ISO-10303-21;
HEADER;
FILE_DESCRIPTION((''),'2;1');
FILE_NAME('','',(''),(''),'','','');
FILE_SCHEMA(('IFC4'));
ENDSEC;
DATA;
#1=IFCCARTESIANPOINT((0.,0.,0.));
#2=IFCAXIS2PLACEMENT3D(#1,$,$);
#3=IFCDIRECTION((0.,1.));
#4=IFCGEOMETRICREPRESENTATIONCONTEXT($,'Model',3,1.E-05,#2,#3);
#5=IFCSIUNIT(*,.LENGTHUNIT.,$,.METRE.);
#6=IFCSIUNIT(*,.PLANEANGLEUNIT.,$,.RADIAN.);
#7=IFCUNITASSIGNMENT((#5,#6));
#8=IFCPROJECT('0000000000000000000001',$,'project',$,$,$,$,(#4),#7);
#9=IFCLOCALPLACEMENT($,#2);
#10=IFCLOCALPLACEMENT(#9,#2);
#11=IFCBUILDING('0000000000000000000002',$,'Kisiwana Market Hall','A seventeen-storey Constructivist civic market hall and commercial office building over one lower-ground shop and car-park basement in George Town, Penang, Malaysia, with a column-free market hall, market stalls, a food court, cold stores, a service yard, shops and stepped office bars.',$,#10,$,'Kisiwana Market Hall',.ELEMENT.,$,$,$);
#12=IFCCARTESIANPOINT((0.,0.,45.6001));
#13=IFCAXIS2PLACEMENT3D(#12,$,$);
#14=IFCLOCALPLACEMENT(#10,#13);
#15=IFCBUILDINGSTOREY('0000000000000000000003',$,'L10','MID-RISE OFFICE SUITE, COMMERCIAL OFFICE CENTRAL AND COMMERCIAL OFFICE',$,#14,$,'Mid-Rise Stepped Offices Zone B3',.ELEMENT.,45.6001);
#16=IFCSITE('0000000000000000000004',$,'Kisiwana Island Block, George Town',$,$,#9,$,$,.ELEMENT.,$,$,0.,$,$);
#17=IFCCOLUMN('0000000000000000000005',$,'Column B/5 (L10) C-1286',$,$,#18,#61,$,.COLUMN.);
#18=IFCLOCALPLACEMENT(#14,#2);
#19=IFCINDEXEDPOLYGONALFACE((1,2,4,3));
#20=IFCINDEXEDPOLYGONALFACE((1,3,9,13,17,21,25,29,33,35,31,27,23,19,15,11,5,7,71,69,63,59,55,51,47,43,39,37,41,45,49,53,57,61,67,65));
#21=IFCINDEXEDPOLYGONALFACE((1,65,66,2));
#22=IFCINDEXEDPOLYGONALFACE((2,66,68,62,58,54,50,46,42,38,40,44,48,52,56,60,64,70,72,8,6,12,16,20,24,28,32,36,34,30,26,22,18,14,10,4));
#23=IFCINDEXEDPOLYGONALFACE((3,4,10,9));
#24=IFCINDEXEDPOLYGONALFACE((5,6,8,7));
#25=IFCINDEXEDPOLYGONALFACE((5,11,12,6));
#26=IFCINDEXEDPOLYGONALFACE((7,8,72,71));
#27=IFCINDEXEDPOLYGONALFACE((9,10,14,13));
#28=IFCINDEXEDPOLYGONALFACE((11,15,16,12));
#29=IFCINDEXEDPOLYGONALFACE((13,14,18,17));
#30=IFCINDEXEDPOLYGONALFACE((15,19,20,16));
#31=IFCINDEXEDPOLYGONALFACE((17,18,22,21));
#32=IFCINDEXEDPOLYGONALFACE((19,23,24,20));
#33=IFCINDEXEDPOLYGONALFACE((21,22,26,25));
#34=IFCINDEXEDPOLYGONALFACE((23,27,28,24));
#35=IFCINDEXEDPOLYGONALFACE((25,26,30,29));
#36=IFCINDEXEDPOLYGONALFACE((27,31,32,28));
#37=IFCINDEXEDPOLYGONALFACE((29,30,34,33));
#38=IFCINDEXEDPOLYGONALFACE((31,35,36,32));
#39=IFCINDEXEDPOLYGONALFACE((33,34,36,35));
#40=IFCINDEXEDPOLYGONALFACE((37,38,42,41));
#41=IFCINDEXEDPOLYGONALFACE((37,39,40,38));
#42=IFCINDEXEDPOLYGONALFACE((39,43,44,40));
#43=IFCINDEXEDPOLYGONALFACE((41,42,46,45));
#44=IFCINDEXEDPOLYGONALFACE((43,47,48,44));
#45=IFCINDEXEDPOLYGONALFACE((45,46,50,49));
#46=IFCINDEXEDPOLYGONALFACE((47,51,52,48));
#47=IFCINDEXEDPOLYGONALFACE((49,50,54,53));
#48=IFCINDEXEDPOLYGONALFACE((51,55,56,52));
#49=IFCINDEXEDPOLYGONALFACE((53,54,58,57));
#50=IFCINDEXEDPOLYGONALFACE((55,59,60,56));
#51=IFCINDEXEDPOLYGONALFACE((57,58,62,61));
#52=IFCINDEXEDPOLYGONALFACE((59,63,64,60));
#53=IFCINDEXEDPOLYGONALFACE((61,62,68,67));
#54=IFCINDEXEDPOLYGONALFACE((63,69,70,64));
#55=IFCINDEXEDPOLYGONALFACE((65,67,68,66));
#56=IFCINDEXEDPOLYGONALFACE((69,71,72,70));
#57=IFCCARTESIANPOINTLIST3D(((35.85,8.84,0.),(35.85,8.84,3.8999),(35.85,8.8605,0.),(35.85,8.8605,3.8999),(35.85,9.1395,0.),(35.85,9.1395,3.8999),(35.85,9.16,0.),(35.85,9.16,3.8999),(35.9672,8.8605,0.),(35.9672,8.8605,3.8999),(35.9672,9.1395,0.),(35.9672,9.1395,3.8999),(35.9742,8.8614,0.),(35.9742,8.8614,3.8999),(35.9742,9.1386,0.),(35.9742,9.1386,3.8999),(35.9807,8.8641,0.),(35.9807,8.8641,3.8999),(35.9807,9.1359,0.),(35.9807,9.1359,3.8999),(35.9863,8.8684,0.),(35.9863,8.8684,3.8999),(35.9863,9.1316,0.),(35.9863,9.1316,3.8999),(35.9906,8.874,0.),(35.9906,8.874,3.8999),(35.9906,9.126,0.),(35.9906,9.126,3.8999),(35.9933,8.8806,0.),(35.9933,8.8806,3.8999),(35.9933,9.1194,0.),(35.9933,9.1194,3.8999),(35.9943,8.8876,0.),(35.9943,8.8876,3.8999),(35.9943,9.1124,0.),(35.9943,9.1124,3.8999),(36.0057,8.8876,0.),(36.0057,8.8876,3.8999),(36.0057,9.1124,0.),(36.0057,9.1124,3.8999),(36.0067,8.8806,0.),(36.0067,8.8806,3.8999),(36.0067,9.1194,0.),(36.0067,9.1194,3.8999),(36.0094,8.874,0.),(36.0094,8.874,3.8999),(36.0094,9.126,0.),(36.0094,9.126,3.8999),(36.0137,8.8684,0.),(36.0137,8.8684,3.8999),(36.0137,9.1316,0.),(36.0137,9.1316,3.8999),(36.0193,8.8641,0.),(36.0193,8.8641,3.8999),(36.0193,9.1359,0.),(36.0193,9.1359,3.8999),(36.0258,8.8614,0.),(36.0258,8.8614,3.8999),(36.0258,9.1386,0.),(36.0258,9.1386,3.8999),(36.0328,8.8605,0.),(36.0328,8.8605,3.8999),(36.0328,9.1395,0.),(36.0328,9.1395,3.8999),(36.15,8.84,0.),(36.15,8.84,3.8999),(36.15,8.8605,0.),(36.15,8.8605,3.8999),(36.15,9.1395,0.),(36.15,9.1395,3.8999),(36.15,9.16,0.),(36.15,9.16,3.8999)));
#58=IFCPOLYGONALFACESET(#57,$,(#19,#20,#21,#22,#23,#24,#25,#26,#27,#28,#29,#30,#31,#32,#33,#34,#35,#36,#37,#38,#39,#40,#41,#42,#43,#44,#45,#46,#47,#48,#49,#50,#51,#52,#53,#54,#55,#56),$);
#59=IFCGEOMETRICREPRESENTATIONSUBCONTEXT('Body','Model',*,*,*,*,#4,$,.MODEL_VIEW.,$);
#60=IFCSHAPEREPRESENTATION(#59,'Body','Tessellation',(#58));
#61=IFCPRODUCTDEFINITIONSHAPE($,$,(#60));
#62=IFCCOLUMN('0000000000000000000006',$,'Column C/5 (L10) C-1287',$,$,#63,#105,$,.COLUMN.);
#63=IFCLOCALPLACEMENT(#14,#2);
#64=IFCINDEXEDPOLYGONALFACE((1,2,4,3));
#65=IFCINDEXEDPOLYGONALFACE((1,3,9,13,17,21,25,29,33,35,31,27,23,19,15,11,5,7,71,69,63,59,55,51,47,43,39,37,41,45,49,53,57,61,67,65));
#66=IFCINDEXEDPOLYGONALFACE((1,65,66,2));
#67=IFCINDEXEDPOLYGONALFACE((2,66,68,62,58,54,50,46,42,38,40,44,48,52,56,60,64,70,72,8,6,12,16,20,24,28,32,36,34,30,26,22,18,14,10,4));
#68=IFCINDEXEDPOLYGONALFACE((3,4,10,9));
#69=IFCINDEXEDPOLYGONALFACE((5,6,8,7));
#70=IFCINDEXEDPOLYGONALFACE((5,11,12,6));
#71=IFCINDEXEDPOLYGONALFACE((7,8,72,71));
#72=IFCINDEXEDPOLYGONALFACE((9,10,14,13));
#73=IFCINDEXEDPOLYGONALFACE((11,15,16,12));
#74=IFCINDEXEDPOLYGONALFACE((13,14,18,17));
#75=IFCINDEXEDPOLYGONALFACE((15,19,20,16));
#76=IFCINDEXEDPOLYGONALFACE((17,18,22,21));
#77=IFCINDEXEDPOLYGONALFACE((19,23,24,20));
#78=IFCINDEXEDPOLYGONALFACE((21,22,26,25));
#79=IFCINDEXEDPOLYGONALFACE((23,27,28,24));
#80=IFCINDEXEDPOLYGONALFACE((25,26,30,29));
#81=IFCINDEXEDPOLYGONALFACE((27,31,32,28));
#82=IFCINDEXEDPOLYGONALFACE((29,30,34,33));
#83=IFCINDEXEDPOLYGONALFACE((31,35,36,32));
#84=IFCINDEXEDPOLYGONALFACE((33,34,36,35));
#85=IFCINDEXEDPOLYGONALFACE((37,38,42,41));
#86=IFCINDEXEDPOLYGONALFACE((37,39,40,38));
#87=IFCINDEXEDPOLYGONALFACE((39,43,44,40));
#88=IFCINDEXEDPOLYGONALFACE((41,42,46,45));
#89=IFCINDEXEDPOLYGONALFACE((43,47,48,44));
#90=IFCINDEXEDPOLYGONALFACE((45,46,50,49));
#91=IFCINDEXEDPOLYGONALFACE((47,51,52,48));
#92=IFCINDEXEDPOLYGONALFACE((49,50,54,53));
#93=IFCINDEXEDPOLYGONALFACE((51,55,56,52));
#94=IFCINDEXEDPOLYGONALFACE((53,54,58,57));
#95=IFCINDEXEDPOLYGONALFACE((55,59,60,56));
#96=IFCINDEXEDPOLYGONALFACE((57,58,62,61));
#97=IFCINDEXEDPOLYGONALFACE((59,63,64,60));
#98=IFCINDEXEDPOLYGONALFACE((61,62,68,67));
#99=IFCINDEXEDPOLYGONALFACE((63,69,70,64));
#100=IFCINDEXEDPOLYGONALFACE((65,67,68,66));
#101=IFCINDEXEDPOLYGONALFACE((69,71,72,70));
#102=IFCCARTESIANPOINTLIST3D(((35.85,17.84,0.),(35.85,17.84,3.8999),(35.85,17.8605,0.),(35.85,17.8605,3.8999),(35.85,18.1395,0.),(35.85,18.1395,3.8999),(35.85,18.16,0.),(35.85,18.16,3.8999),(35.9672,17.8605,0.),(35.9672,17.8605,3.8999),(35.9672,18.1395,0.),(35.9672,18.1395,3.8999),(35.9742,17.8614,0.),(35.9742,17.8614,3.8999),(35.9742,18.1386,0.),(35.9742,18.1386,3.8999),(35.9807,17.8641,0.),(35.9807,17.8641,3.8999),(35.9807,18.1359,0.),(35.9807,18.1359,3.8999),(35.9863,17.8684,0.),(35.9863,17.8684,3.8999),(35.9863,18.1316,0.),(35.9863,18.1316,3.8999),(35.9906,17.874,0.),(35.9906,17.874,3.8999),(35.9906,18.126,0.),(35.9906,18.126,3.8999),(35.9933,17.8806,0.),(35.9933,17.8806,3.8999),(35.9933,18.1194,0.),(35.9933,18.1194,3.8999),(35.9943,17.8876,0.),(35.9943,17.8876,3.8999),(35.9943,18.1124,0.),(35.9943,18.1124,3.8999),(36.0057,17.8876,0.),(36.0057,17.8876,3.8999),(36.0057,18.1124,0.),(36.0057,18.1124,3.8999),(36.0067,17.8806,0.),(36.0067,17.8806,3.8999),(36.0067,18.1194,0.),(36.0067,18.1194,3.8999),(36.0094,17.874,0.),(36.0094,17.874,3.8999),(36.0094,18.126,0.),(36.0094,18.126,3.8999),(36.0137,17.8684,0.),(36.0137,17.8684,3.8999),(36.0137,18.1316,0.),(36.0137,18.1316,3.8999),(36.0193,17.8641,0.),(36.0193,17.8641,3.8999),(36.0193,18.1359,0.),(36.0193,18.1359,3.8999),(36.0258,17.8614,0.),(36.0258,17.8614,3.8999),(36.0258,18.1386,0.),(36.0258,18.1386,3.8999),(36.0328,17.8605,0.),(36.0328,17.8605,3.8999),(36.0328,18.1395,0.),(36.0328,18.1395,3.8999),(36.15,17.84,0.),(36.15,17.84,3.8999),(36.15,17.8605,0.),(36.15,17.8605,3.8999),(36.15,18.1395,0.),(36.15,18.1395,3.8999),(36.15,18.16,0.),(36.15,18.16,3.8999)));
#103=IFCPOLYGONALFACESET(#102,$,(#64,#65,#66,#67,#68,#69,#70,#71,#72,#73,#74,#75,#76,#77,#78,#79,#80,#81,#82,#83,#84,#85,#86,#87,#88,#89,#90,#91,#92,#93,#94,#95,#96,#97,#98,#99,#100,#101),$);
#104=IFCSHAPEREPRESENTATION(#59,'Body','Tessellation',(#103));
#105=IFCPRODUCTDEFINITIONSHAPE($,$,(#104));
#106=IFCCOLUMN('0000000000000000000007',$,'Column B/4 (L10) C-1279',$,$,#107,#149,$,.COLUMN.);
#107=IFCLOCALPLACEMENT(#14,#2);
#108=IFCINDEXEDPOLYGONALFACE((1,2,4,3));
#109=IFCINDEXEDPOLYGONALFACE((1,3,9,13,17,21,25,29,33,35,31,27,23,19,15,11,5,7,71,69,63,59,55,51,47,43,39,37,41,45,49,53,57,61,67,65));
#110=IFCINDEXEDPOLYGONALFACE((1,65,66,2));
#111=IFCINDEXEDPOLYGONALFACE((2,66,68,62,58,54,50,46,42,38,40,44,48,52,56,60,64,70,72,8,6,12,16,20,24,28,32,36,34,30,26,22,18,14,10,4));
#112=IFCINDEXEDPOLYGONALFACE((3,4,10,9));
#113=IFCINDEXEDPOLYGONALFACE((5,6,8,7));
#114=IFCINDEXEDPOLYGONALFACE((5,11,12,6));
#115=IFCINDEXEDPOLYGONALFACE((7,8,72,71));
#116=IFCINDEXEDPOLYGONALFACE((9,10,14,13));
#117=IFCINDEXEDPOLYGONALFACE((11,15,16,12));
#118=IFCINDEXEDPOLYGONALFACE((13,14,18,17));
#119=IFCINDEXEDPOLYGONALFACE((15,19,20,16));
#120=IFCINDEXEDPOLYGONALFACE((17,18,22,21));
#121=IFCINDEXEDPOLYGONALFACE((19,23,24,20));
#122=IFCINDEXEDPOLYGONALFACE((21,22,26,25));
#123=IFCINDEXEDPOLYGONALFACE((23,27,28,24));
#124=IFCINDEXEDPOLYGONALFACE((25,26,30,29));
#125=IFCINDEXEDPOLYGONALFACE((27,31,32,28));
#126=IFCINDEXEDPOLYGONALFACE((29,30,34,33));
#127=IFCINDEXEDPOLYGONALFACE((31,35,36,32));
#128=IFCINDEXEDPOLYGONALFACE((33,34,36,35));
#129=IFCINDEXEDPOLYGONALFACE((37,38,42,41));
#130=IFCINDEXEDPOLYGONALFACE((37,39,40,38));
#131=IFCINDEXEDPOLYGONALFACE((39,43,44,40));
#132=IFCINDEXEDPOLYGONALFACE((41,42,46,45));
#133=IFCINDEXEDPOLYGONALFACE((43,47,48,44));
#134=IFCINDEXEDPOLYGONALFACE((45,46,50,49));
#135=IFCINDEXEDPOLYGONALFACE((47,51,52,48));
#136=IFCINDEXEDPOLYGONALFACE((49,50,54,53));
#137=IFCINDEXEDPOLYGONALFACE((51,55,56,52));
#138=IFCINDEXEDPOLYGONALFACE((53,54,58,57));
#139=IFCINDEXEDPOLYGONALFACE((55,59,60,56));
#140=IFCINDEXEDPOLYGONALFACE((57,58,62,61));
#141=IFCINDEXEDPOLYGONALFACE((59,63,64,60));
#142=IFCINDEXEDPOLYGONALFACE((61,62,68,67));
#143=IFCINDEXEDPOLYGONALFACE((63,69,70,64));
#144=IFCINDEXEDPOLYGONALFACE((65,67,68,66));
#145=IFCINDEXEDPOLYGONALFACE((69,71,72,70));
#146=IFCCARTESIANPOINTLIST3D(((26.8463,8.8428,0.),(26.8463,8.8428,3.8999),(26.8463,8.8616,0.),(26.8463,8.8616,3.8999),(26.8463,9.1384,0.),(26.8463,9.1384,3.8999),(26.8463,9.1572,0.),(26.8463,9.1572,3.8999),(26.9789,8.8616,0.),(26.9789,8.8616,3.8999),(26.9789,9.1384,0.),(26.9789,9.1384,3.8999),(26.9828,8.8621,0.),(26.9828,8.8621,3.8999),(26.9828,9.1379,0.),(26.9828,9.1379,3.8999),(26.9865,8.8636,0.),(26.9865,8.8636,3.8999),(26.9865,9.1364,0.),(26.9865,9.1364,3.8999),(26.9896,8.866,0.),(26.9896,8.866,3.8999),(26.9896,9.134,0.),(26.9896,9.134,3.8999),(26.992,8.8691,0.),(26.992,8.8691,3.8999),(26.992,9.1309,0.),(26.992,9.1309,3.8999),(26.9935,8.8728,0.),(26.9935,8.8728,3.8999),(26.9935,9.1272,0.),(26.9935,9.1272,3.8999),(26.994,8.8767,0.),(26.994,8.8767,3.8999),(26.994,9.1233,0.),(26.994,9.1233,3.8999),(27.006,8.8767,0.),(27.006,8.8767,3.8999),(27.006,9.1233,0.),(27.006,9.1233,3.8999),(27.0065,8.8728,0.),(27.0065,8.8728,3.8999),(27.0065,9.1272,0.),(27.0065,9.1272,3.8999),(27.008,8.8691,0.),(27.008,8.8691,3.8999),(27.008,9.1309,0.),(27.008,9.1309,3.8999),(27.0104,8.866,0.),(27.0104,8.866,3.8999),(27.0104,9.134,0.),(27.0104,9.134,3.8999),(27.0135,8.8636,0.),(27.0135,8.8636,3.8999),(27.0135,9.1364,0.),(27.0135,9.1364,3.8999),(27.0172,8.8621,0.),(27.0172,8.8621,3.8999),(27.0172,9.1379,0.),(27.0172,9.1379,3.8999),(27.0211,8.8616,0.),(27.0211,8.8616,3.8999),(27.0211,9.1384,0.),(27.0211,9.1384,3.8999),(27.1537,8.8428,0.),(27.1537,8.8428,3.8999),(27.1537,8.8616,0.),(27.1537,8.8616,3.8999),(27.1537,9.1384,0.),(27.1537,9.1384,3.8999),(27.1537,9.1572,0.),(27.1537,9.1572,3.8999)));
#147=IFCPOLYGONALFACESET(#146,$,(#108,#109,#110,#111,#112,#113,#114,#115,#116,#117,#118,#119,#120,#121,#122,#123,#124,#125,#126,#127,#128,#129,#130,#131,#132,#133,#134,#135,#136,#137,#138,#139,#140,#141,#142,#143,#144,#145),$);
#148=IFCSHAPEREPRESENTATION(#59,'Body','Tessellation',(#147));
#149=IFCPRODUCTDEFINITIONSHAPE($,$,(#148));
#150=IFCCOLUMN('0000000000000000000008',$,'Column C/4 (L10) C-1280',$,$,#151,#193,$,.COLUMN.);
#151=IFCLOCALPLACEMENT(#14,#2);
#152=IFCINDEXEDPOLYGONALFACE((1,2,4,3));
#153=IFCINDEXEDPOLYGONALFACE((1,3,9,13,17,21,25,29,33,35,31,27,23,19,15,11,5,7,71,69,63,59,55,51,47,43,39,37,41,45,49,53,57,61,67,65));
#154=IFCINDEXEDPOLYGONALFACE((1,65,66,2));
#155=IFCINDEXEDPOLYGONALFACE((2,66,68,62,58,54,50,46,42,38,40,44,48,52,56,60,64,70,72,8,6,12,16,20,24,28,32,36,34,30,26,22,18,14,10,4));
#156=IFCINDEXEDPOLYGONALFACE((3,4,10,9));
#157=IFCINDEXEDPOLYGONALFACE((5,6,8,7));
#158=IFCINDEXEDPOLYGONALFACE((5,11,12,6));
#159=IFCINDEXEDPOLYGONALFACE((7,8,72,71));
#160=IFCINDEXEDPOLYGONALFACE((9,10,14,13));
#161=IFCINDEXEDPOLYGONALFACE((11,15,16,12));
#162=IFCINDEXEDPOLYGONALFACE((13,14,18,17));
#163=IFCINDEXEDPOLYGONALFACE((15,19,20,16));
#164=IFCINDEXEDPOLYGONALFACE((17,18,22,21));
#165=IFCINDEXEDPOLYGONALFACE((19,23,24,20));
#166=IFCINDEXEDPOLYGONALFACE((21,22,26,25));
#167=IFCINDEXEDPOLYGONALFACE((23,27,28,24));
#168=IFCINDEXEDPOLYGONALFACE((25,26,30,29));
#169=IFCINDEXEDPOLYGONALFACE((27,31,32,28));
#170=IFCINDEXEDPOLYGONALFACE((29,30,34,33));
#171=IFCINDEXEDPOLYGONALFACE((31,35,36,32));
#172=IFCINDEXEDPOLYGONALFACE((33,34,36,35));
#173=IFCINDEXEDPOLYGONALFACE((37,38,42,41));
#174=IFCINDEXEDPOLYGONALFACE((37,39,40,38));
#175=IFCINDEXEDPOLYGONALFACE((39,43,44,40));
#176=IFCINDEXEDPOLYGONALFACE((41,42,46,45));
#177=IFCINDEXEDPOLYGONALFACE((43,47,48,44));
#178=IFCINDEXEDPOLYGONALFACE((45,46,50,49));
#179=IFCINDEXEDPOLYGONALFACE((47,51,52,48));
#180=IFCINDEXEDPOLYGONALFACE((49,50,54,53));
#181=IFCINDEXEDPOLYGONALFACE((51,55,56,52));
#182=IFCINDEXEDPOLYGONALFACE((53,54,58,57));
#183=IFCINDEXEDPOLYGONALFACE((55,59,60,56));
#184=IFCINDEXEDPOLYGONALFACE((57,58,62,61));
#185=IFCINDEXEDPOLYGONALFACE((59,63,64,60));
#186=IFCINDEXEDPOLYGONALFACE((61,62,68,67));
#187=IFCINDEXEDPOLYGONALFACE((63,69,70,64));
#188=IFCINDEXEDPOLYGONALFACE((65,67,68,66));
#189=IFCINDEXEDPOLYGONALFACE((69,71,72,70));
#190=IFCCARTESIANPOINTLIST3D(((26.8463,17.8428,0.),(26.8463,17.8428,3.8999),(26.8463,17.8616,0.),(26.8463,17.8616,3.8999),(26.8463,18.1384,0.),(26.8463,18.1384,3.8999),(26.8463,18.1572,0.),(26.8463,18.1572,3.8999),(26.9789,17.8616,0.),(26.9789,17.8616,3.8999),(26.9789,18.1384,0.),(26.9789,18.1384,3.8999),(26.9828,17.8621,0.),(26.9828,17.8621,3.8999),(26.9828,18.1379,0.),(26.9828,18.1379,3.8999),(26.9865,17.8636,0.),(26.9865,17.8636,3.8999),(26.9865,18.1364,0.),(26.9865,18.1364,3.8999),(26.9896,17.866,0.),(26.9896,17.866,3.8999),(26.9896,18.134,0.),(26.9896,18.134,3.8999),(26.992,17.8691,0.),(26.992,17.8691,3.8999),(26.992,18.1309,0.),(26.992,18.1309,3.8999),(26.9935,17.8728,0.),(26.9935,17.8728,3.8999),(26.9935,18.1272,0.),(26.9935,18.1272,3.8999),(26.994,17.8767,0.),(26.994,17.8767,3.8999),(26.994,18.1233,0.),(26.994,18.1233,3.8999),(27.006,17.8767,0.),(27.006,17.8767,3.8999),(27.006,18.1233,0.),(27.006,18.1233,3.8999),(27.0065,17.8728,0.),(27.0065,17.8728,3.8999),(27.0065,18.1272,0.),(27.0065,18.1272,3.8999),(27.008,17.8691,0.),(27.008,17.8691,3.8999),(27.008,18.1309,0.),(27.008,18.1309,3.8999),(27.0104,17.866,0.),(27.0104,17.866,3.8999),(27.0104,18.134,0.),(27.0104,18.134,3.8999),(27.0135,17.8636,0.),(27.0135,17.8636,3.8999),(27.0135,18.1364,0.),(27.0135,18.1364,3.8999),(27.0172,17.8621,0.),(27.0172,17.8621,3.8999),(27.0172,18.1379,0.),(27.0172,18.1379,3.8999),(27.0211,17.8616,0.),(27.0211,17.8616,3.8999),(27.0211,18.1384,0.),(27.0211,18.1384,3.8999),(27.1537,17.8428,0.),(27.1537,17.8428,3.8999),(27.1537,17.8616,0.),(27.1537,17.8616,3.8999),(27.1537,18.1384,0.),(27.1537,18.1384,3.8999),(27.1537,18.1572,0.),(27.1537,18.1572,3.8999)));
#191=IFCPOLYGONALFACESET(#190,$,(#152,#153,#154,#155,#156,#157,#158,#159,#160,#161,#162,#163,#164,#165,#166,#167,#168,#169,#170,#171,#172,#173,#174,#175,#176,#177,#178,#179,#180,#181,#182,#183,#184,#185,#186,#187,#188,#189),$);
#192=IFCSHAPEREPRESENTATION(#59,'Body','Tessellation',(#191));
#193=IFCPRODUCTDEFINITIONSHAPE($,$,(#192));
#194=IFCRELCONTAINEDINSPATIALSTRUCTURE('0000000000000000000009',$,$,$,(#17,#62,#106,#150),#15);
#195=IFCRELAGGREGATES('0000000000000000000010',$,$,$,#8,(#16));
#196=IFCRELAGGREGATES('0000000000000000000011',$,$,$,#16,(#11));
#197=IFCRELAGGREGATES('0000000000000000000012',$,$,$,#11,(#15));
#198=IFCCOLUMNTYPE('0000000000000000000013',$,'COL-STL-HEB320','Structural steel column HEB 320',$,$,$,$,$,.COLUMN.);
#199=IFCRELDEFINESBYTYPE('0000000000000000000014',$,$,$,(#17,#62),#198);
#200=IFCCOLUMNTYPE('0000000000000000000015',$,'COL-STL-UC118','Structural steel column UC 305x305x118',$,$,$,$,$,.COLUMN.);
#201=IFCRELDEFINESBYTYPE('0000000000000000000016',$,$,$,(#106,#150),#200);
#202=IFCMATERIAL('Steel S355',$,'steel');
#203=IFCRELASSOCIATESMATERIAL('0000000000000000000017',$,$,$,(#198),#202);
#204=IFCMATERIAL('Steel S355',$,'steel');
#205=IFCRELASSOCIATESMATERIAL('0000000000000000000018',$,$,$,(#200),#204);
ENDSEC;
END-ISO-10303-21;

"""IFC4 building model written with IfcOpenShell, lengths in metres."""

from ifc_helpers import new_model, si_unit, direction, frame, origin, origin_2d, place, context, subcontext, project, spatial, i_section, extrude, material, material_profile, profile_set, type_object, element, save


model = new_model("IFC4")

# Units and contexts
model_context = context("Model", 3, precision=1e-05, world=origin(), true_north=direction((0.0, 1.0)))
body_context = subcontext(model_context, "Body", "Model", "MODEL_VIEW")
ifc_project = project(units=[si_unit("LENGTHUNIT", "METRE"), si_unit("PLANEANGLEUNIT", "RADIAN")], contexts=[model_context])

# Site, building, storey
site_placement = place(None, origin())
site = spatial("IfcSite", under=ifc_project, at=site_placement, Name="Kisiwana Island Block, George Town", CompositionType="ELEMENT", RefElevation=0.0)
building_placement = place(site_placement, origin())
building = spatial("IfcBuilding", under=site, at=building_placement, Name="Kisiwana Market Hall", Description="A seventeen-storey Constructivist civic market hall and commercial office building over one lower-ground shop and car-park basement in George Town, Penang, Malaysia, with a column-free market hall, market stalls, a food court, cold stores, a service yard, shops and stepped office bars.", LongName="Kisiwana Market Hall", CompositionType="ELEMENT")
storey_placement = place(building_placement, frame((0.0, 0.0, 45.6001)))
storey = spatial("IfcBuildingStorey", under=building, at=storey_placement, Name="L10", Description="MID-RISE OFFICE SUITE, COMMERCIAL OFFICE CENTRAL AND COMMERCIAL OFFICE", LongName="Mid-Rise Stepped Offices Zone B3", CompositionType="ELEMENT", Elevation=45.6001)

# Columns
ifc_material_1 = material(Name="Steel S355", Category="steel")
ifc_material_profile_1 = material_profile(ifc_material_1, i_section(OverallWidth=0.3, OverallDepth=0.3201, WebThickness=0.0115, FlangeThickness=0.0205, FilletRadius=0.0271, at=origin_2d()), Name="HEB 320")
ifc_profile_set_1 = profile_set([ifc_material_profile_1], Name="Steel S355")
column_type_1 = type_object("IfcColumnType", Name="COL-STL-HEB320", Description="Structural steel column HEB 320", PredefinedType="COLUMN", material=ifc_profile_set_1)
for number, where, z_axis, x_axis, name in (
    (1, (36.0, 9.0, 0.0), (0.0, 0.0, 1.0), (1.0, 0.0, 0.0), "Column B/5 (L10) C-1286"),
    (2, (36.0, 18.0, 0.0), (0.0, 0.0, 1.0), (1.0, 0.0, 0.0), "Column C/5 (L10) C-1287"),
):
    element("IfcColumn", number, at=place(storey_placement, frame(where, z_axis=z_axis, x_axis=x_axis)), inside=storey, type_object=column_type_1, Name=name, PredefinedType="COLUMN", context=body_context, shape_type="SweptSolid", body=[
        extrude(i_section(OverallWidth=0.3, OverallDepth=0.3201, WebThickness=0.0115, FlangeThickness=0.0205, FilletRadius=0.0271, at=origin_2d()), origin(), (0.0, 0.0, 1.0), 3.8999),
    ])
ifc_material_2 = material(Name="Steel S355", Category="steel")
ifc_material_profile_2 = material_profile(ifc_material_2, i_section(OverallWidth=0.3074, OverallDepth=0.3145, WebThickness=0.012, FlangeThickness=0.0188, FilletRadius=0.0151, at=origin_2d()), Name="UC 305x305x118")
ifc_profile_set_2 = profile_set([ifc_material_profile_2], Name="Steel S355")
column_type_2 = type_object("IfcColumnType", Name="COL-STL-UC118", Description="Structural steel column UC 305x305x118", PredefinedType="COLUMN", material=ifc_profile_set_2)
for number, where, z_axis, x_axis, name in (
    (3, (27.0, 9.0, 0.0), (0.0, 0.0, 1.0), (1.0, 0.0, 0.0), "Column B/4 (L10) C-1279"),
    (4, (27.0, 18.0, 0.0), (0.0, 0.0, 1.0), (1.0, 0.0, 0.0), "Column C/4 (L10) C-1280"),
):
    element("IfcColumn", number, at=place(storey_placement, frame(where, z_axis=z_axis, x_axis=x_axis)), inside=storey, type_object=column_type_2, Name=name, PredefinedType="COLUMN", context=body_context, shape_type="SweptSolid", body=[
        extrude(i_section(OverallWidth=0.3074, OverallDepth=0.3145, WebThickness=0.012, FlangeThickness=0.0188, FilletRadius=0.0151, at=origin_2d()), origin(), (0.0, 0.0, 1.0), 3.8999),
    ])

save(model, "model.ifc")
